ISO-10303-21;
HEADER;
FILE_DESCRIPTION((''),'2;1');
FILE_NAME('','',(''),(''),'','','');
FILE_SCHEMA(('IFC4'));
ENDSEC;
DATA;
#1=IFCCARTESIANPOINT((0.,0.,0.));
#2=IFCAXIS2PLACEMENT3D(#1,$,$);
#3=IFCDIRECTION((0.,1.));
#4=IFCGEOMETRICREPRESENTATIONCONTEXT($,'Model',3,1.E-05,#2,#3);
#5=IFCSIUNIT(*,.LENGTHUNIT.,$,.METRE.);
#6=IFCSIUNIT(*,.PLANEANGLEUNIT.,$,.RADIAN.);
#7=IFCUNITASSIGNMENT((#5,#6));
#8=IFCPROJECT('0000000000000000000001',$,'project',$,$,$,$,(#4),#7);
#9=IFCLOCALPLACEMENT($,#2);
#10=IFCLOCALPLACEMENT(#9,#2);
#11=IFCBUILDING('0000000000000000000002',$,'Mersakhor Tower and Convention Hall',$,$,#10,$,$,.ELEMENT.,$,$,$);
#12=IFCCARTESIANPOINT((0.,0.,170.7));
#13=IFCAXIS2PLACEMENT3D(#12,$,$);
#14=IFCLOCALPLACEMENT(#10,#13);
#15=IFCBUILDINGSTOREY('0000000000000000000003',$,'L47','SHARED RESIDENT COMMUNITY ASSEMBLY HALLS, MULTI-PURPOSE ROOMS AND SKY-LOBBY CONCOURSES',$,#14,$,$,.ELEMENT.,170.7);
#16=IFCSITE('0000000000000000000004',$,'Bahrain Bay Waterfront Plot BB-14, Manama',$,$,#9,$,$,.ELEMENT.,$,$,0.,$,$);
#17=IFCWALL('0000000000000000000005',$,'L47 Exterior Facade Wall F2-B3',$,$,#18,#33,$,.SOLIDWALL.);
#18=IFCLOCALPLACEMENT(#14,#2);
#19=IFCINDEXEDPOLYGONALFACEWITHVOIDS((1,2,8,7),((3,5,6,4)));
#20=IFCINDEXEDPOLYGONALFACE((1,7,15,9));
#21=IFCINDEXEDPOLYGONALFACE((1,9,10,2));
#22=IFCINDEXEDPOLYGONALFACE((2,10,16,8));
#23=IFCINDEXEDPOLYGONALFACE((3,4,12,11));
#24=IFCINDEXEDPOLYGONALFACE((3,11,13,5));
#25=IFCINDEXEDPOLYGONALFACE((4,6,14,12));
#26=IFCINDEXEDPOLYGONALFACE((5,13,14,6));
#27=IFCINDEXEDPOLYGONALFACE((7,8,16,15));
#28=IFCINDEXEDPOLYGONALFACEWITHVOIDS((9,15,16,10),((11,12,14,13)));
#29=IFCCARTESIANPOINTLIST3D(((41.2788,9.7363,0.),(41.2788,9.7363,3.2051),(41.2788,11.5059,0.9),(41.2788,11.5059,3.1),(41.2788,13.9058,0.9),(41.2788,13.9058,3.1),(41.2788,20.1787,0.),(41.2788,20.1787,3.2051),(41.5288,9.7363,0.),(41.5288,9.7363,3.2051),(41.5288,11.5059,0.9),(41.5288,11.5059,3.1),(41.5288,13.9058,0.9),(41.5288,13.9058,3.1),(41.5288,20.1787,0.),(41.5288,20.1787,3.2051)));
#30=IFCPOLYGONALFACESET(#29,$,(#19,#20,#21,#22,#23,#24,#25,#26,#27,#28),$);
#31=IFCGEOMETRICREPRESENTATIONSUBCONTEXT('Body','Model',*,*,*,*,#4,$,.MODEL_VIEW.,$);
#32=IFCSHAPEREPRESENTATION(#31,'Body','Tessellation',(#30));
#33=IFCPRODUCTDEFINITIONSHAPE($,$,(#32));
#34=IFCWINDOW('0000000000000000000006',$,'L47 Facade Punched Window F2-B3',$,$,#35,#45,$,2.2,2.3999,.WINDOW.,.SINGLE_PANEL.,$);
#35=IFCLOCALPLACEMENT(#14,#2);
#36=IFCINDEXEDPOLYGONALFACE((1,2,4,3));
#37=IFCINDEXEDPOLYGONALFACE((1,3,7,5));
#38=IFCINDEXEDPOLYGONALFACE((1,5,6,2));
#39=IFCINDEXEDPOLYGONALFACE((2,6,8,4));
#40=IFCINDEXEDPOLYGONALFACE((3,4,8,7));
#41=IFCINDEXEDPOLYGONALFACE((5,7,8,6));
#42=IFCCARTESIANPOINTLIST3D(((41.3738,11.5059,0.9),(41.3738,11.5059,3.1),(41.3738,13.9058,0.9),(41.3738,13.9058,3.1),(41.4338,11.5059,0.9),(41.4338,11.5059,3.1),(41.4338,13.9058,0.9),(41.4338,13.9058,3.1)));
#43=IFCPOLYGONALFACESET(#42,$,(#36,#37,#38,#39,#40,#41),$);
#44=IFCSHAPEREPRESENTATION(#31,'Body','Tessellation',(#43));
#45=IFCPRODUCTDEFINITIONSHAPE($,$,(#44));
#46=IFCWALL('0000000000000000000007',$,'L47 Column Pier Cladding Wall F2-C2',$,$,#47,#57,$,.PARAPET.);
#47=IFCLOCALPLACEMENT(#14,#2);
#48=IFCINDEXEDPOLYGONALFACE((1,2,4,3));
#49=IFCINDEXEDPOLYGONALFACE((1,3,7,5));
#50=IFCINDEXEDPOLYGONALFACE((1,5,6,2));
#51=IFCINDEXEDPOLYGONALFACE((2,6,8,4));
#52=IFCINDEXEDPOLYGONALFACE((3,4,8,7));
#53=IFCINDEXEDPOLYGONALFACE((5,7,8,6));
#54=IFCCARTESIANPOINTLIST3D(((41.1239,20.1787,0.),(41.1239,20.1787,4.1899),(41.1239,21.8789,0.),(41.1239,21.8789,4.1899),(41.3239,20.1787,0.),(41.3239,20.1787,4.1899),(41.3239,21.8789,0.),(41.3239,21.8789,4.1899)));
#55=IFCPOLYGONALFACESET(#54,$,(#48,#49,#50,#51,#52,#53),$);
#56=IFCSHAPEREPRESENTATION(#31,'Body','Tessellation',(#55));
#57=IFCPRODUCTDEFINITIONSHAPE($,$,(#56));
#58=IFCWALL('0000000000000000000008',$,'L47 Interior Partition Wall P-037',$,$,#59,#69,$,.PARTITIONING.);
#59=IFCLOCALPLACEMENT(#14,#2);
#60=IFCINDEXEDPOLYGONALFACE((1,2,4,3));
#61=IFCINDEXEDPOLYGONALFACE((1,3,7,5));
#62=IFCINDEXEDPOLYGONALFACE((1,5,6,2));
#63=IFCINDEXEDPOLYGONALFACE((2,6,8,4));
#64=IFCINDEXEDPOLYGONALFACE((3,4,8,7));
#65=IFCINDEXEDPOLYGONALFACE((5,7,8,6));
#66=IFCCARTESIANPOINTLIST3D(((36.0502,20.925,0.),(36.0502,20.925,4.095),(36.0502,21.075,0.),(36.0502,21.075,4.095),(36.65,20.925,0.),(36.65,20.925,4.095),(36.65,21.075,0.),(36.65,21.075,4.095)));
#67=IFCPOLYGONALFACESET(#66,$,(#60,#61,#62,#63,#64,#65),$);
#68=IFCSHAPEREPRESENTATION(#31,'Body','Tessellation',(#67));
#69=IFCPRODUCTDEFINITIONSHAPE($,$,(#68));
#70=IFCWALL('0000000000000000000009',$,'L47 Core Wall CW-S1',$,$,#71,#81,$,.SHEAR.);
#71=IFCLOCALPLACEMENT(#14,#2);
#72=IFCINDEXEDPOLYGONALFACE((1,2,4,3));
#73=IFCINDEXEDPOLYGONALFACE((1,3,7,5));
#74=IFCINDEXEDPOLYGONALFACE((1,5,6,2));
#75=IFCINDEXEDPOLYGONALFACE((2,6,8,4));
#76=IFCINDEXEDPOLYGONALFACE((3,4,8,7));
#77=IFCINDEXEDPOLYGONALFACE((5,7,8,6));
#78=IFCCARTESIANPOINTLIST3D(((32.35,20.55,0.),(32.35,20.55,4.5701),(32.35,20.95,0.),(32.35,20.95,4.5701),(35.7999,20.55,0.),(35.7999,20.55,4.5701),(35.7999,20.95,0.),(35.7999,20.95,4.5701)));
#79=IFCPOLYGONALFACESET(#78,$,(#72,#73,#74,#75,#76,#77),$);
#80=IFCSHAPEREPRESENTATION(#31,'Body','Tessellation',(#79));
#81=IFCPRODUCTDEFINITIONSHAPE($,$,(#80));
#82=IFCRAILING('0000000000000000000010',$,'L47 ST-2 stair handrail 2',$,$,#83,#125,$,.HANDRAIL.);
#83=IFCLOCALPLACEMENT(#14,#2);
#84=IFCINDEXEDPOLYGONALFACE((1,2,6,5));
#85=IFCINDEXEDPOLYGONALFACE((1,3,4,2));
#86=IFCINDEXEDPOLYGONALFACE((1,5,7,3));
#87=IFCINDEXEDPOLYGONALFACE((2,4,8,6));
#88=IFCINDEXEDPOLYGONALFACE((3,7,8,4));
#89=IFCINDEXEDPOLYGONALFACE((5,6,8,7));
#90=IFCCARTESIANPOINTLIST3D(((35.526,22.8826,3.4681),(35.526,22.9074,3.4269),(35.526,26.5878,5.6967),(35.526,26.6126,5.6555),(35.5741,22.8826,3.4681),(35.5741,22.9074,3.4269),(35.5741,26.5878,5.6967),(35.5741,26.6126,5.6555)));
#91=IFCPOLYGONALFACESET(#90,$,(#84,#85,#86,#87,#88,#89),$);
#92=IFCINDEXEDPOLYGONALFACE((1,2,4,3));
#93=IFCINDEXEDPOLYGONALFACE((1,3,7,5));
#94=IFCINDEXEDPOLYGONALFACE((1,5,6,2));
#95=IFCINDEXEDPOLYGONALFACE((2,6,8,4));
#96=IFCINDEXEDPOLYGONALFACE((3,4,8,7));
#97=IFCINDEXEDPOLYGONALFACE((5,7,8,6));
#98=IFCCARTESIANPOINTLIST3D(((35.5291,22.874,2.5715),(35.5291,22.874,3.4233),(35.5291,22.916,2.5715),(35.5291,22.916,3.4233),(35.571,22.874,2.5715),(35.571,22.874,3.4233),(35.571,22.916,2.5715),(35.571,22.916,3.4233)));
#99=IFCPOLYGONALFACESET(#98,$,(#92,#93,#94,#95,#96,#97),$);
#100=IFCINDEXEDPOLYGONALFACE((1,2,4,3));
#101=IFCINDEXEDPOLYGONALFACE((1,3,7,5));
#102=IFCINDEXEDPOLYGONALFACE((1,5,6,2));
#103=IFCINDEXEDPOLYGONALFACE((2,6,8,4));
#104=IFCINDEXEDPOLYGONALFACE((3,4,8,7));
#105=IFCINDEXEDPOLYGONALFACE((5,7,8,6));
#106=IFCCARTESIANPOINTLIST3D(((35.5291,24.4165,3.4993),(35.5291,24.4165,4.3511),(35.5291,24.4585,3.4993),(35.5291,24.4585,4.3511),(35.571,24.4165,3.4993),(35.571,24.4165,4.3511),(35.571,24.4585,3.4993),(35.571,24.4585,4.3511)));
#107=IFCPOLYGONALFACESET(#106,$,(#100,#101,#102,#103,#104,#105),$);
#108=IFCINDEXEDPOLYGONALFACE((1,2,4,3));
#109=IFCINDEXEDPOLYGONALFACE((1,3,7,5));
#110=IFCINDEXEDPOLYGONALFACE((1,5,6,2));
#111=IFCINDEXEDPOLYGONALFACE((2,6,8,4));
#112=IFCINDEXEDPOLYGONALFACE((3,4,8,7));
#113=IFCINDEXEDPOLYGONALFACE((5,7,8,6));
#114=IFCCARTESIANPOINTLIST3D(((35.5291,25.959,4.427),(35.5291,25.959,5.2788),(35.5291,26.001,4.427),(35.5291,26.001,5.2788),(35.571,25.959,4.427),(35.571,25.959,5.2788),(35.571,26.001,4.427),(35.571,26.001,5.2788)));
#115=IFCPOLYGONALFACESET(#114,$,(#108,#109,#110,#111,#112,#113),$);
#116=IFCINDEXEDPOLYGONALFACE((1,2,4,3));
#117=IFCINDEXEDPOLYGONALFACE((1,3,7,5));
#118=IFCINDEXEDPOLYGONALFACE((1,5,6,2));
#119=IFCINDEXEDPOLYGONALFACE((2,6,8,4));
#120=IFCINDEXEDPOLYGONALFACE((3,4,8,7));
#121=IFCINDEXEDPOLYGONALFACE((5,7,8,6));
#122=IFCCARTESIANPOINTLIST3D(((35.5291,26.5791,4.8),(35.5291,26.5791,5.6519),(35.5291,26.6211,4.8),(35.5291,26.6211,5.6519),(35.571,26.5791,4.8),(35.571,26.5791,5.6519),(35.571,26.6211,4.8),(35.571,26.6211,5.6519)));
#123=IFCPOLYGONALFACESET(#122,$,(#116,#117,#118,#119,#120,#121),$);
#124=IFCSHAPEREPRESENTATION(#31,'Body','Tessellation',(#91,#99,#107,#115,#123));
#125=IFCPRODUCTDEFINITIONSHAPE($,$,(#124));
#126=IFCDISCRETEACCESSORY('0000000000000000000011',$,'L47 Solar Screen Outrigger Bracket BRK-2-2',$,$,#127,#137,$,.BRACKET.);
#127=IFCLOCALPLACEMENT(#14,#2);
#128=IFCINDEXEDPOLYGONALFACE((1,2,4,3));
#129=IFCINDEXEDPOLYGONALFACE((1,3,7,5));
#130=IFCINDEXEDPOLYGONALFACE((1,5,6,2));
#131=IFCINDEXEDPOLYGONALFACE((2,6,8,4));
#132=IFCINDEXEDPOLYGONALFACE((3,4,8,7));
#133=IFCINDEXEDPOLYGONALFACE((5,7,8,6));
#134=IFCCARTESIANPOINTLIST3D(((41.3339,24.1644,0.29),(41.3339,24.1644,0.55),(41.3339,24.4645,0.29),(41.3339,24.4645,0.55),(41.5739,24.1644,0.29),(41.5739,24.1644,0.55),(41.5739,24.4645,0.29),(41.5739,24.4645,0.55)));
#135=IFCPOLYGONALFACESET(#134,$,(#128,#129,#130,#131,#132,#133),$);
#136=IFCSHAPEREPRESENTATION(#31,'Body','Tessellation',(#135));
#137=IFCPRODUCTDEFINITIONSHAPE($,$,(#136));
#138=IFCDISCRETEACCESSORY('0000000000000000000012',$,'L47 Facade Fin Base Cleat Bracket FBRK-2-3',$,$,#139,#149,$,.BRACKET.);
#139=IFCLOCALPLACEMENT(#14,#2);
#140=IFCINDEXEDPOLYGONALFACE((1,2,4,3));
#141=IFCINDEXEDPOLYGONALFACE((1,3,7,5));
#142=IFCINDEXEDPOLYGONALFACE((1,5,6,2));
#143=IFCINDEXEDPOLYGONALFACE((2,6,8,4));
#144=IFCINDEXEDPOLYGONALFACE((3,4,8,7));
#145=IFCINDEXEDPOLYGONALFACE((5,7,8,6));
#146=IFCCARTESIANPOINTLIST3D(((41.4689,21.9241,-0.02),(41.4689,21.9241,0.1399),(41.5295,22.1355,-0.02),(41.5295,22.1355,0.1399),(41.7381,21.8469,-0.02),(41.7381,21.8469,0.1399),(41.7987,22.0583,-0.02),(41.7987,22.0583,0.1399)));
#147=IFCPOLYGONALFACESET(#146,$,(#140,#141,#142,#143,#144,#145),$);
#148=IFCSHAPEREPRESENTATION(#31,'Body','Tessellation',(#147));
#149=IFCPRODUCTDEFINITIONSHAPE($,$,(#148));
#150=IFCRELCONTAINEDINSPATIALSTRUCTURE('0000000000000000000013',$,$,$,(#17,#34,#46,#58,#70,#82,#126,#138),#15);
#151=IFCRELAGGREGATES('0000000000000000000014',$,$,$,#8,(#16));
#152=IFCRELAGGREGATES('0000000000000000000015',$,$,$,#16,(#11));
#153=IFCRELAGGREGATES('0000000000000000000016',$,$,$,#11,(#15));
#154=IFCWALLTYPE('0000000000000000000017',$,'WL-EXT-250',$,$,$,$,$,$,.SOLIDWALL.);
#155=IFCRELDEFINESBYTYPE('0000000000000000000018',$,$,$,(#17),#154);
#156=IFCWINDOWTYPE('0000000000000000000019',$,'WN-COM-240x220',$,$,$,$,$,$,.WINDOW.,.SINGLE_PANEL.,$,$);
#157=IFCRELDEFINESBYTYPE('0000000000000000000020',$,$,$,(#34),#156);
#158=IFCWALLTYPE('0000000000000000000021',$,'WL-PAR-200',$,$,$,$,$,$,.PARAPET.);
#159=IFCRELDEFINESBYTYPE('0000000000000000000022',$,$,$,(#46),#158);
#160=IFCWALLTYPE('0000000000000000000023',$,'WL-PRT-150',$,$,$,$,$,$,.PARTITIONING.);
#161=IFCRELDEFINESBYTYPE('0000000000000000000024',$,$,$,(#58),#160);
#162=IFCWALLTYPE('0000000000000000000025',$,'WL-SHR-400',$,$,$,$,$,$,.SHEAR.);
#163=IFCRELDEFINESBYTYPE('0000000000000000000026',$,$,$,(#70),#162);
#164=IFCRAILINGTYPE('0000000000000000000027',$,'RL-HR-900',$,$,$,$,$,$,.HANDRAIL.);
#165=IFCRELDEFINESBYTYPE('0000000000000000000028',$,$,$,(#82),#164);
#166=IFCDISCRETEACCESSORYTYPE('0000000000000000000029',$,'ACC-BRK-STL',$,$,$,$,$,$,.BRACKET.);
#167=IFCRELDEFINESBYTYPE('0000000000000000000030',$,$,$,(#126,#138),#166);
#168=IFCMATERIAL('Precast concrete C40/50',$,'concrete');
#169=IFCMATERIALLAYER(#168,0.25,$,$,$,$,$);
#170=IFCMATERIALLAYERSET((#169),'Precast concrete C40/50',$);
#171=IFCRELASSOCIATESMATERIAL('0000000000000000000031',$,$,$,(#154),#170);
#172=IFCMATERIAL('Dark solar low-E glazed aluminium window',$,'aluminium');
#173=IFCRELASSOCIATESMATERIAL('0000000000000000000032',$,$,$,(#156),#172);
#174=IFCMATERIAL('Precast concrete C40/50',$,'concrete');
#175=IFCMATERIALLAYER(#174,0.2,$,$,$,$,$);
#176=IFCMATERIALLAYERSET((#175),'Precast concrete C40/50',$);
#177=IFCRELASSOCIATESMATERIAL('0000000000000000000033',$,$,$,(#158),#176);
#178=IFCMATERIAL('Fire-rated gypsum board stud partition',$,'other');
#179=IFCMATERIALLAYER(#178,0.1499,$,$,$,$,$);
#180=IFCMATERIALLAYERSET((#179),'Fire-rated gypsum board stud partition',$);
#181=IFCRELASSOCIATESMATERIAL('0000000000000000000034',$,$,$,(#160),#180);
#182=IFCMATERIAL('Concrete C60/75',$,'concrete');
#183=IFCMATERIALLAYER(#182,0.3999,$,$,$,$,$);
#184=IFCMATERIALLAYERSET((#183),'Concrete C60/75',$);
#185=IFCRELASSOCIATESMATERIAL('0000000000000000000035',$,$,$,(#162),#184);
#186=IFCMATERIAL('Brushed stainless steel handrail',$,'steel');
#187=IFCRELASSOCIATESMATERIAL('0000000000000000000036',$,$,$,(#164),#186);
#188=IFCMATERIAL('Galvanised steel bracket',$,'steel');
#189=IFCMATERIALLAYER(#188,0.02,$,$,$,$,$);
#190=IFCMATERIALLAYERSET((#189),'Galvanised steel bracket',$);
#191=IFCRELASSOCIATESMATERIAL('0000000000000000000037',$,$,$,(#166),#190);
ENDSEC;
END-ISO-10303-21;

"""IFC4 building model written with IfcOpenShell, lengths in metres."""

from ifc_helpers import new_model, si_unit, direction, frame, frame_2d, origin, origin_2d, place, context, subcontext, project, spatial, rectangle, extrude, material, layer, layer_set, type_object, element, fill, save


model = new_model("IFC4")

# Units and contexts
model_context = context("Model", 3, precision=1e-05, world=origin(), true_north=direction((0.0, 1.0)))
body_context = subcontext(model_context, "Body", "Model", "MODEL_VIEW")
ifc_project = project(units=[si_unit("LENGTHUNIT", "METRE"), si_unit("PLANEANGLEUNIT", "RADIAN")], contexts=[model_context])

# Site, building, storey
site_placement = place(None, origin())
site = spatial("IfcSite", under=ifc_project, at=site_placement, Name="Bahrain Bay Waterfront Plot BB-14, Manama", CompositionType="ELEMENT", RefElevation=0.0)
building_placement = place(site_placement, origin())
building = spatial("IfcBuilding", under=site, at=building_placement, Name="Mersakhor Tower and Convention Hall", CompositionType="ELEMENT")
storey_placement = place(building_placement, frame((0.0, 0.0, 170.7)))
storey = spatial("IfcBuildingStorey", under=building, at=storey_placement, Name="L47", Description="SHARED RESIDENT COMMUNITY ASSEMBLY HALLS, MULTI-PURPOSE ROOMS AND SKY-LOBBY CONCOURSES", CompositionType="ELEMENT", Elevation=170.7)

# Wall, opening, window
ifc_material_1 = material(Name="Precast concrete C40/50", Category="concrete")
ifc_layer_1 = layer(ifc_material_1, 0.25)
ifc_layer_set_1 = layer_set([ifc_layer_1], Name="Precast concrete C40/50")
wall_type_1 = type_object("IfcWallType", Name="WL-EXT-250", PredefinedType="SOLIDWALL", material=ifc_layer_set_1)
wall_1_placement = place(storey_placement, frame((41.4038, 20.1787, 0.0), z_axis=(0.0, 0.0, 1.0), x_axis=(0.0, -1.0, 0.0)))
wall_1 = element("IfcWall", 1, at=wall_1_placement, inside=storey, type_object=wall_type_1, Name="L47 Exterior Facade Wall F2-B3", PredefinedType="SOLIDWALL", context=body_context, shape_type="SweptSolid", body=[
    extrude(rectangle(XDim=10.4424, YDim=0.25, at=frame_2d((5.2212, 0.0))), origin(), (0.0, 0.0, 1.0), 3.2051),
])
opening_placement = place(wall_1_placement, frame((6.2729, 0.0, 0.8999)))
opening = element("IfcOpeningElement", 2, at=opening_placement, cuts=wall_1, PredefinedType="OPENING", context=body_context, shape_type="SweptSolid", body=[
    extrude(rectangle(XDim=2.3999, YDim=2.2, at=frame_2d((1.2, 1.1001))), frame((0.0, 0.135, 0.0), z_axis=(0.0, -1.0, 0.0), x_axis=(1.0, 0.0, 0.0)), (0.0, 0.0, 1.0), 0.27),
])
ifc_material_2 = material(Name="Dark solar low-E glazed aluminium window", Category="aluminium")
window_type = type_object("IfcWindowType", Name="WN-COM-240x220", PartitioningType="SINGLE_PANEL", PredefinedType="WINDOW", material=ifc_material_2)
window_placement = place(opening_placement, origin())
window = element("IfcWindow", 3, at=window_placement, inside=storey, type_object=window_type, Name="L47 Facade Punched Window F2-B3", OverallHeight=2.2, OverallWidth=2.3999, PartitioningType="SINGLE_PANEL", PredefinedType="WINDOW", context=body_context, shape_type="SweptSolid", body=[
    extrude(rectangle(XDim=2.3999, YDim=2.2, at=frame_2d((1.2, 1.1001))), frame((0.0, 0.03, 0.0), z_axis=(0.0, -1.0, 0.0), x_axis=(1.0, 0.0, 0.0)), (0.0, 0.0, 1.0), 0.0601),
])
fill(opening, window)

# Walls
ifc_material_3 = material(Name="Precast concrete C40/50", Category="concrete")
ifc_layer_2 = layer(ifc_material_3, 0.2)
ifc_layer_set_2 = layer_set([ifc_layer_2], Name="Precast concrete C40/50")
wall_type_2 = type_object("IfcWallType", Name="WL-PAR-200", PredefinedType="PARAPET", material=ifc_layer_set_2)
wall_2_placement = place(storey_placement, frame((41.2239, 21.8789, 0.0), z_axis=(0.0, 0.0, 1.0), x_axis=(0.0, -1.0, 0.0)))
element("IfcWall", 4, at=wall_2_placement, inside=storey, type_object=wall_type_2, Name="L47 Column Pier Cladding Wall F2-C2", PredefinedType="PARAPET", context=body_context, shape_type="SweptSolid", body=[
    extrude(rectangle(XDim=1.7002, YDim=0.2, at=frame_2d((0.8501, 0.0))), origin(), (0.0, 0.0, 1.0), 4.1899),
])
ifc_material_4 = material(Name="Fire-rated gypsum board stud partition", Category="other")
ifc_layer_3 = layer(ifc_material_4, 0.1499)
ifc_layer_set_3 = layer_set([ifc_layer_3], Name="Fire-rated gypsum board stud partition")
wall_type_3 = type_object("IfcWallType", Name="WL-PRT-150", PredefinedType="PARTITIONING", material=ifc_layer_set_3)
wall_3_placement = place(storey_placement, frame((36.6499, 21.0, 0.0), z_axis=(0.0, 0.0, 1.0), x_axis=(-1.0, 0.0, 0.0)))
element("IfcWall", 5, at=wall_3_placement, inside=storey, type_object=wall_type_3, Name="L47 Interior Partition Wall P-037", PredefinedType="PARTITIONING", context=body_context, shape_type="SweptSolid", body=[
    extrude(rectangle(XDim=0.5999, YDim=0.1499, at=frame_2d((0.2998, 0.0))), origin(), (0.0, 0.0, 1.0), 4.095),
])
ifc_material_5 = material(Name="Concrete C60/75", Category="concrete")
ifc_layer_4 = layer(ifc_material_5, 0.3999)
ifc_layer_set_4 = layer_set([ifc_layer_4], Name="Concrete C60/75")
wall_type_4 = type_object("IfcWallType", Name="WL-SHR-400", PredefinedType="SHEAR", material=ifc_layer_set_4)
wall_4_placement = place(storey_placement, frame((35.8, 20.75, 0.0), z_axis=(0.0, 0.0, 1.0), x_axis=(-1.0, 0.0, 0.0)))
element("IfcWall", 6, at=wall_4_placement, inside=storey, type_object=wall_type_4, Name="L47 Core Wall CW-S1", PredefinedType="SHEAR", context=body_context, shape_type="SweptSolid", body=[
    extrude(rectangle(XDim=3.45, YDim=0.3999, at=frame_2d((1.7251, 0.0))), origin(), (0.0, 0.0, 1.0), 4.5701),
])

# Railing
ifc_material_6 = material(Name="Brushed stainless steel handrail", Category="steel")
railing_type = type_object("IfcRailingType", Name="RL-HR-900", PredefinedType="HANDRAIL", material=ifc_material_6)
railing_placement = place(storey_placement, frame((35.55, 22.895, 2.5715)))
element("IfcRailing", 7, at=railing_placement, inside=storey, type_object=railing_type, Name="L47 ST-2 stair handrail 2", PredefinedType="HANDRAIL", context=body_context, shape_type="SweptSolid", body=[
    extrude(rectangle(XDim=0.0481, YDim=0.0481, at=origin_2d()), frame((0.0, 0.0, 0.876), z_axis=(0.0, 0.856934, 0.515425), x_axis=(-1.0, 0.0, 0.0)), (0.0, 0.0, 1.0), 4.3237),
    extrude(rectangle(XDim=0.042, YDim=0.042, at=origin_2d()), origin(), (0.0, 0.0, 1.0), 0.8518),
    extrude(rectangle(XDim=0.042, YDim=0.042, at=origin_2d()), frame((0.0, 1.5425, 0.9277)), (0.0, 0.0, 1.0), 0.8518),
    extrude(rectangle(XDim=0.042, YDim=0.042, at=origin_2d()), frame((0.0, 3.085, 1.8555)), (0.0, 0.0, 1.0), 0.8518),
    extrude(rectangle(XDim=0.042, YDim=0.042, at=origin_2d()), frame((0.0, 3.7051, 2.2285)), (0.0, 0.0, 1.0), 0.8518),
])

# Discrete accessories
ifc_material_7 = material(Name="Galvanised steel bracket", Category="steel")
ifc_layer_5 = layer(ifc_material_7, 0.02)
ifc_layer_set_5 = layer_set([ifc_layer_5], Name="Galvanised steel bracket")
discrete_accessory_type = type_object("IfcDiscreteAccessoryType", Name="ACC-BRK-STL", PredefinedType="BRACKET", material=ifc_layer_set_5)
discrete_accessory_1_placement = place(storey_placement, frame((41.4539, 24.3145, 0.29), z_axis=(0.0, 0.0, 1.0), x_axis=(0.0, -1.0, 0.0)))
element("IfcDiscreteAccessory", 8, at=discrete_accessory_1_placement, inside=storey, type_object=discrete_accessory_type, Name="L47 Solar Screen Outrigger Bracket BRK-2-2", PredefinedType="BRACKET", context=body_context, shape_type="SweptSolid", body=[
    extrude(rectangle(XDim=0.3, YDim=0.24, at=origin_2d()), origin(), (0.0, 0.0, 1.0), 0.26),
])
discrete_accessory_2_placement = place(storey_placement, frame((41.6338, 21.9912, -0.02), z_axis=(0.0, 0.0, 1.0), x_axis=(0.961262, -0.275637, 0.0)))
element("IfcDiscreteAccessory", 9, at=discrete_accessory_2_placement, inside=storey, type_object=discrete_accessory_type, Name="L47 Facade Fin Base Cleat Bracket FBRK-2-3", PredefinedType="BRACKET", context=body_context, shape_type="SweptSolid", body=[
    extrude(rectangle(XDim=0.28, YDim=0.22, at=origin_2d()), origin(), (0.0, 0.0, 1.0), 0.1599),
])

save(model, "model.ifc")
